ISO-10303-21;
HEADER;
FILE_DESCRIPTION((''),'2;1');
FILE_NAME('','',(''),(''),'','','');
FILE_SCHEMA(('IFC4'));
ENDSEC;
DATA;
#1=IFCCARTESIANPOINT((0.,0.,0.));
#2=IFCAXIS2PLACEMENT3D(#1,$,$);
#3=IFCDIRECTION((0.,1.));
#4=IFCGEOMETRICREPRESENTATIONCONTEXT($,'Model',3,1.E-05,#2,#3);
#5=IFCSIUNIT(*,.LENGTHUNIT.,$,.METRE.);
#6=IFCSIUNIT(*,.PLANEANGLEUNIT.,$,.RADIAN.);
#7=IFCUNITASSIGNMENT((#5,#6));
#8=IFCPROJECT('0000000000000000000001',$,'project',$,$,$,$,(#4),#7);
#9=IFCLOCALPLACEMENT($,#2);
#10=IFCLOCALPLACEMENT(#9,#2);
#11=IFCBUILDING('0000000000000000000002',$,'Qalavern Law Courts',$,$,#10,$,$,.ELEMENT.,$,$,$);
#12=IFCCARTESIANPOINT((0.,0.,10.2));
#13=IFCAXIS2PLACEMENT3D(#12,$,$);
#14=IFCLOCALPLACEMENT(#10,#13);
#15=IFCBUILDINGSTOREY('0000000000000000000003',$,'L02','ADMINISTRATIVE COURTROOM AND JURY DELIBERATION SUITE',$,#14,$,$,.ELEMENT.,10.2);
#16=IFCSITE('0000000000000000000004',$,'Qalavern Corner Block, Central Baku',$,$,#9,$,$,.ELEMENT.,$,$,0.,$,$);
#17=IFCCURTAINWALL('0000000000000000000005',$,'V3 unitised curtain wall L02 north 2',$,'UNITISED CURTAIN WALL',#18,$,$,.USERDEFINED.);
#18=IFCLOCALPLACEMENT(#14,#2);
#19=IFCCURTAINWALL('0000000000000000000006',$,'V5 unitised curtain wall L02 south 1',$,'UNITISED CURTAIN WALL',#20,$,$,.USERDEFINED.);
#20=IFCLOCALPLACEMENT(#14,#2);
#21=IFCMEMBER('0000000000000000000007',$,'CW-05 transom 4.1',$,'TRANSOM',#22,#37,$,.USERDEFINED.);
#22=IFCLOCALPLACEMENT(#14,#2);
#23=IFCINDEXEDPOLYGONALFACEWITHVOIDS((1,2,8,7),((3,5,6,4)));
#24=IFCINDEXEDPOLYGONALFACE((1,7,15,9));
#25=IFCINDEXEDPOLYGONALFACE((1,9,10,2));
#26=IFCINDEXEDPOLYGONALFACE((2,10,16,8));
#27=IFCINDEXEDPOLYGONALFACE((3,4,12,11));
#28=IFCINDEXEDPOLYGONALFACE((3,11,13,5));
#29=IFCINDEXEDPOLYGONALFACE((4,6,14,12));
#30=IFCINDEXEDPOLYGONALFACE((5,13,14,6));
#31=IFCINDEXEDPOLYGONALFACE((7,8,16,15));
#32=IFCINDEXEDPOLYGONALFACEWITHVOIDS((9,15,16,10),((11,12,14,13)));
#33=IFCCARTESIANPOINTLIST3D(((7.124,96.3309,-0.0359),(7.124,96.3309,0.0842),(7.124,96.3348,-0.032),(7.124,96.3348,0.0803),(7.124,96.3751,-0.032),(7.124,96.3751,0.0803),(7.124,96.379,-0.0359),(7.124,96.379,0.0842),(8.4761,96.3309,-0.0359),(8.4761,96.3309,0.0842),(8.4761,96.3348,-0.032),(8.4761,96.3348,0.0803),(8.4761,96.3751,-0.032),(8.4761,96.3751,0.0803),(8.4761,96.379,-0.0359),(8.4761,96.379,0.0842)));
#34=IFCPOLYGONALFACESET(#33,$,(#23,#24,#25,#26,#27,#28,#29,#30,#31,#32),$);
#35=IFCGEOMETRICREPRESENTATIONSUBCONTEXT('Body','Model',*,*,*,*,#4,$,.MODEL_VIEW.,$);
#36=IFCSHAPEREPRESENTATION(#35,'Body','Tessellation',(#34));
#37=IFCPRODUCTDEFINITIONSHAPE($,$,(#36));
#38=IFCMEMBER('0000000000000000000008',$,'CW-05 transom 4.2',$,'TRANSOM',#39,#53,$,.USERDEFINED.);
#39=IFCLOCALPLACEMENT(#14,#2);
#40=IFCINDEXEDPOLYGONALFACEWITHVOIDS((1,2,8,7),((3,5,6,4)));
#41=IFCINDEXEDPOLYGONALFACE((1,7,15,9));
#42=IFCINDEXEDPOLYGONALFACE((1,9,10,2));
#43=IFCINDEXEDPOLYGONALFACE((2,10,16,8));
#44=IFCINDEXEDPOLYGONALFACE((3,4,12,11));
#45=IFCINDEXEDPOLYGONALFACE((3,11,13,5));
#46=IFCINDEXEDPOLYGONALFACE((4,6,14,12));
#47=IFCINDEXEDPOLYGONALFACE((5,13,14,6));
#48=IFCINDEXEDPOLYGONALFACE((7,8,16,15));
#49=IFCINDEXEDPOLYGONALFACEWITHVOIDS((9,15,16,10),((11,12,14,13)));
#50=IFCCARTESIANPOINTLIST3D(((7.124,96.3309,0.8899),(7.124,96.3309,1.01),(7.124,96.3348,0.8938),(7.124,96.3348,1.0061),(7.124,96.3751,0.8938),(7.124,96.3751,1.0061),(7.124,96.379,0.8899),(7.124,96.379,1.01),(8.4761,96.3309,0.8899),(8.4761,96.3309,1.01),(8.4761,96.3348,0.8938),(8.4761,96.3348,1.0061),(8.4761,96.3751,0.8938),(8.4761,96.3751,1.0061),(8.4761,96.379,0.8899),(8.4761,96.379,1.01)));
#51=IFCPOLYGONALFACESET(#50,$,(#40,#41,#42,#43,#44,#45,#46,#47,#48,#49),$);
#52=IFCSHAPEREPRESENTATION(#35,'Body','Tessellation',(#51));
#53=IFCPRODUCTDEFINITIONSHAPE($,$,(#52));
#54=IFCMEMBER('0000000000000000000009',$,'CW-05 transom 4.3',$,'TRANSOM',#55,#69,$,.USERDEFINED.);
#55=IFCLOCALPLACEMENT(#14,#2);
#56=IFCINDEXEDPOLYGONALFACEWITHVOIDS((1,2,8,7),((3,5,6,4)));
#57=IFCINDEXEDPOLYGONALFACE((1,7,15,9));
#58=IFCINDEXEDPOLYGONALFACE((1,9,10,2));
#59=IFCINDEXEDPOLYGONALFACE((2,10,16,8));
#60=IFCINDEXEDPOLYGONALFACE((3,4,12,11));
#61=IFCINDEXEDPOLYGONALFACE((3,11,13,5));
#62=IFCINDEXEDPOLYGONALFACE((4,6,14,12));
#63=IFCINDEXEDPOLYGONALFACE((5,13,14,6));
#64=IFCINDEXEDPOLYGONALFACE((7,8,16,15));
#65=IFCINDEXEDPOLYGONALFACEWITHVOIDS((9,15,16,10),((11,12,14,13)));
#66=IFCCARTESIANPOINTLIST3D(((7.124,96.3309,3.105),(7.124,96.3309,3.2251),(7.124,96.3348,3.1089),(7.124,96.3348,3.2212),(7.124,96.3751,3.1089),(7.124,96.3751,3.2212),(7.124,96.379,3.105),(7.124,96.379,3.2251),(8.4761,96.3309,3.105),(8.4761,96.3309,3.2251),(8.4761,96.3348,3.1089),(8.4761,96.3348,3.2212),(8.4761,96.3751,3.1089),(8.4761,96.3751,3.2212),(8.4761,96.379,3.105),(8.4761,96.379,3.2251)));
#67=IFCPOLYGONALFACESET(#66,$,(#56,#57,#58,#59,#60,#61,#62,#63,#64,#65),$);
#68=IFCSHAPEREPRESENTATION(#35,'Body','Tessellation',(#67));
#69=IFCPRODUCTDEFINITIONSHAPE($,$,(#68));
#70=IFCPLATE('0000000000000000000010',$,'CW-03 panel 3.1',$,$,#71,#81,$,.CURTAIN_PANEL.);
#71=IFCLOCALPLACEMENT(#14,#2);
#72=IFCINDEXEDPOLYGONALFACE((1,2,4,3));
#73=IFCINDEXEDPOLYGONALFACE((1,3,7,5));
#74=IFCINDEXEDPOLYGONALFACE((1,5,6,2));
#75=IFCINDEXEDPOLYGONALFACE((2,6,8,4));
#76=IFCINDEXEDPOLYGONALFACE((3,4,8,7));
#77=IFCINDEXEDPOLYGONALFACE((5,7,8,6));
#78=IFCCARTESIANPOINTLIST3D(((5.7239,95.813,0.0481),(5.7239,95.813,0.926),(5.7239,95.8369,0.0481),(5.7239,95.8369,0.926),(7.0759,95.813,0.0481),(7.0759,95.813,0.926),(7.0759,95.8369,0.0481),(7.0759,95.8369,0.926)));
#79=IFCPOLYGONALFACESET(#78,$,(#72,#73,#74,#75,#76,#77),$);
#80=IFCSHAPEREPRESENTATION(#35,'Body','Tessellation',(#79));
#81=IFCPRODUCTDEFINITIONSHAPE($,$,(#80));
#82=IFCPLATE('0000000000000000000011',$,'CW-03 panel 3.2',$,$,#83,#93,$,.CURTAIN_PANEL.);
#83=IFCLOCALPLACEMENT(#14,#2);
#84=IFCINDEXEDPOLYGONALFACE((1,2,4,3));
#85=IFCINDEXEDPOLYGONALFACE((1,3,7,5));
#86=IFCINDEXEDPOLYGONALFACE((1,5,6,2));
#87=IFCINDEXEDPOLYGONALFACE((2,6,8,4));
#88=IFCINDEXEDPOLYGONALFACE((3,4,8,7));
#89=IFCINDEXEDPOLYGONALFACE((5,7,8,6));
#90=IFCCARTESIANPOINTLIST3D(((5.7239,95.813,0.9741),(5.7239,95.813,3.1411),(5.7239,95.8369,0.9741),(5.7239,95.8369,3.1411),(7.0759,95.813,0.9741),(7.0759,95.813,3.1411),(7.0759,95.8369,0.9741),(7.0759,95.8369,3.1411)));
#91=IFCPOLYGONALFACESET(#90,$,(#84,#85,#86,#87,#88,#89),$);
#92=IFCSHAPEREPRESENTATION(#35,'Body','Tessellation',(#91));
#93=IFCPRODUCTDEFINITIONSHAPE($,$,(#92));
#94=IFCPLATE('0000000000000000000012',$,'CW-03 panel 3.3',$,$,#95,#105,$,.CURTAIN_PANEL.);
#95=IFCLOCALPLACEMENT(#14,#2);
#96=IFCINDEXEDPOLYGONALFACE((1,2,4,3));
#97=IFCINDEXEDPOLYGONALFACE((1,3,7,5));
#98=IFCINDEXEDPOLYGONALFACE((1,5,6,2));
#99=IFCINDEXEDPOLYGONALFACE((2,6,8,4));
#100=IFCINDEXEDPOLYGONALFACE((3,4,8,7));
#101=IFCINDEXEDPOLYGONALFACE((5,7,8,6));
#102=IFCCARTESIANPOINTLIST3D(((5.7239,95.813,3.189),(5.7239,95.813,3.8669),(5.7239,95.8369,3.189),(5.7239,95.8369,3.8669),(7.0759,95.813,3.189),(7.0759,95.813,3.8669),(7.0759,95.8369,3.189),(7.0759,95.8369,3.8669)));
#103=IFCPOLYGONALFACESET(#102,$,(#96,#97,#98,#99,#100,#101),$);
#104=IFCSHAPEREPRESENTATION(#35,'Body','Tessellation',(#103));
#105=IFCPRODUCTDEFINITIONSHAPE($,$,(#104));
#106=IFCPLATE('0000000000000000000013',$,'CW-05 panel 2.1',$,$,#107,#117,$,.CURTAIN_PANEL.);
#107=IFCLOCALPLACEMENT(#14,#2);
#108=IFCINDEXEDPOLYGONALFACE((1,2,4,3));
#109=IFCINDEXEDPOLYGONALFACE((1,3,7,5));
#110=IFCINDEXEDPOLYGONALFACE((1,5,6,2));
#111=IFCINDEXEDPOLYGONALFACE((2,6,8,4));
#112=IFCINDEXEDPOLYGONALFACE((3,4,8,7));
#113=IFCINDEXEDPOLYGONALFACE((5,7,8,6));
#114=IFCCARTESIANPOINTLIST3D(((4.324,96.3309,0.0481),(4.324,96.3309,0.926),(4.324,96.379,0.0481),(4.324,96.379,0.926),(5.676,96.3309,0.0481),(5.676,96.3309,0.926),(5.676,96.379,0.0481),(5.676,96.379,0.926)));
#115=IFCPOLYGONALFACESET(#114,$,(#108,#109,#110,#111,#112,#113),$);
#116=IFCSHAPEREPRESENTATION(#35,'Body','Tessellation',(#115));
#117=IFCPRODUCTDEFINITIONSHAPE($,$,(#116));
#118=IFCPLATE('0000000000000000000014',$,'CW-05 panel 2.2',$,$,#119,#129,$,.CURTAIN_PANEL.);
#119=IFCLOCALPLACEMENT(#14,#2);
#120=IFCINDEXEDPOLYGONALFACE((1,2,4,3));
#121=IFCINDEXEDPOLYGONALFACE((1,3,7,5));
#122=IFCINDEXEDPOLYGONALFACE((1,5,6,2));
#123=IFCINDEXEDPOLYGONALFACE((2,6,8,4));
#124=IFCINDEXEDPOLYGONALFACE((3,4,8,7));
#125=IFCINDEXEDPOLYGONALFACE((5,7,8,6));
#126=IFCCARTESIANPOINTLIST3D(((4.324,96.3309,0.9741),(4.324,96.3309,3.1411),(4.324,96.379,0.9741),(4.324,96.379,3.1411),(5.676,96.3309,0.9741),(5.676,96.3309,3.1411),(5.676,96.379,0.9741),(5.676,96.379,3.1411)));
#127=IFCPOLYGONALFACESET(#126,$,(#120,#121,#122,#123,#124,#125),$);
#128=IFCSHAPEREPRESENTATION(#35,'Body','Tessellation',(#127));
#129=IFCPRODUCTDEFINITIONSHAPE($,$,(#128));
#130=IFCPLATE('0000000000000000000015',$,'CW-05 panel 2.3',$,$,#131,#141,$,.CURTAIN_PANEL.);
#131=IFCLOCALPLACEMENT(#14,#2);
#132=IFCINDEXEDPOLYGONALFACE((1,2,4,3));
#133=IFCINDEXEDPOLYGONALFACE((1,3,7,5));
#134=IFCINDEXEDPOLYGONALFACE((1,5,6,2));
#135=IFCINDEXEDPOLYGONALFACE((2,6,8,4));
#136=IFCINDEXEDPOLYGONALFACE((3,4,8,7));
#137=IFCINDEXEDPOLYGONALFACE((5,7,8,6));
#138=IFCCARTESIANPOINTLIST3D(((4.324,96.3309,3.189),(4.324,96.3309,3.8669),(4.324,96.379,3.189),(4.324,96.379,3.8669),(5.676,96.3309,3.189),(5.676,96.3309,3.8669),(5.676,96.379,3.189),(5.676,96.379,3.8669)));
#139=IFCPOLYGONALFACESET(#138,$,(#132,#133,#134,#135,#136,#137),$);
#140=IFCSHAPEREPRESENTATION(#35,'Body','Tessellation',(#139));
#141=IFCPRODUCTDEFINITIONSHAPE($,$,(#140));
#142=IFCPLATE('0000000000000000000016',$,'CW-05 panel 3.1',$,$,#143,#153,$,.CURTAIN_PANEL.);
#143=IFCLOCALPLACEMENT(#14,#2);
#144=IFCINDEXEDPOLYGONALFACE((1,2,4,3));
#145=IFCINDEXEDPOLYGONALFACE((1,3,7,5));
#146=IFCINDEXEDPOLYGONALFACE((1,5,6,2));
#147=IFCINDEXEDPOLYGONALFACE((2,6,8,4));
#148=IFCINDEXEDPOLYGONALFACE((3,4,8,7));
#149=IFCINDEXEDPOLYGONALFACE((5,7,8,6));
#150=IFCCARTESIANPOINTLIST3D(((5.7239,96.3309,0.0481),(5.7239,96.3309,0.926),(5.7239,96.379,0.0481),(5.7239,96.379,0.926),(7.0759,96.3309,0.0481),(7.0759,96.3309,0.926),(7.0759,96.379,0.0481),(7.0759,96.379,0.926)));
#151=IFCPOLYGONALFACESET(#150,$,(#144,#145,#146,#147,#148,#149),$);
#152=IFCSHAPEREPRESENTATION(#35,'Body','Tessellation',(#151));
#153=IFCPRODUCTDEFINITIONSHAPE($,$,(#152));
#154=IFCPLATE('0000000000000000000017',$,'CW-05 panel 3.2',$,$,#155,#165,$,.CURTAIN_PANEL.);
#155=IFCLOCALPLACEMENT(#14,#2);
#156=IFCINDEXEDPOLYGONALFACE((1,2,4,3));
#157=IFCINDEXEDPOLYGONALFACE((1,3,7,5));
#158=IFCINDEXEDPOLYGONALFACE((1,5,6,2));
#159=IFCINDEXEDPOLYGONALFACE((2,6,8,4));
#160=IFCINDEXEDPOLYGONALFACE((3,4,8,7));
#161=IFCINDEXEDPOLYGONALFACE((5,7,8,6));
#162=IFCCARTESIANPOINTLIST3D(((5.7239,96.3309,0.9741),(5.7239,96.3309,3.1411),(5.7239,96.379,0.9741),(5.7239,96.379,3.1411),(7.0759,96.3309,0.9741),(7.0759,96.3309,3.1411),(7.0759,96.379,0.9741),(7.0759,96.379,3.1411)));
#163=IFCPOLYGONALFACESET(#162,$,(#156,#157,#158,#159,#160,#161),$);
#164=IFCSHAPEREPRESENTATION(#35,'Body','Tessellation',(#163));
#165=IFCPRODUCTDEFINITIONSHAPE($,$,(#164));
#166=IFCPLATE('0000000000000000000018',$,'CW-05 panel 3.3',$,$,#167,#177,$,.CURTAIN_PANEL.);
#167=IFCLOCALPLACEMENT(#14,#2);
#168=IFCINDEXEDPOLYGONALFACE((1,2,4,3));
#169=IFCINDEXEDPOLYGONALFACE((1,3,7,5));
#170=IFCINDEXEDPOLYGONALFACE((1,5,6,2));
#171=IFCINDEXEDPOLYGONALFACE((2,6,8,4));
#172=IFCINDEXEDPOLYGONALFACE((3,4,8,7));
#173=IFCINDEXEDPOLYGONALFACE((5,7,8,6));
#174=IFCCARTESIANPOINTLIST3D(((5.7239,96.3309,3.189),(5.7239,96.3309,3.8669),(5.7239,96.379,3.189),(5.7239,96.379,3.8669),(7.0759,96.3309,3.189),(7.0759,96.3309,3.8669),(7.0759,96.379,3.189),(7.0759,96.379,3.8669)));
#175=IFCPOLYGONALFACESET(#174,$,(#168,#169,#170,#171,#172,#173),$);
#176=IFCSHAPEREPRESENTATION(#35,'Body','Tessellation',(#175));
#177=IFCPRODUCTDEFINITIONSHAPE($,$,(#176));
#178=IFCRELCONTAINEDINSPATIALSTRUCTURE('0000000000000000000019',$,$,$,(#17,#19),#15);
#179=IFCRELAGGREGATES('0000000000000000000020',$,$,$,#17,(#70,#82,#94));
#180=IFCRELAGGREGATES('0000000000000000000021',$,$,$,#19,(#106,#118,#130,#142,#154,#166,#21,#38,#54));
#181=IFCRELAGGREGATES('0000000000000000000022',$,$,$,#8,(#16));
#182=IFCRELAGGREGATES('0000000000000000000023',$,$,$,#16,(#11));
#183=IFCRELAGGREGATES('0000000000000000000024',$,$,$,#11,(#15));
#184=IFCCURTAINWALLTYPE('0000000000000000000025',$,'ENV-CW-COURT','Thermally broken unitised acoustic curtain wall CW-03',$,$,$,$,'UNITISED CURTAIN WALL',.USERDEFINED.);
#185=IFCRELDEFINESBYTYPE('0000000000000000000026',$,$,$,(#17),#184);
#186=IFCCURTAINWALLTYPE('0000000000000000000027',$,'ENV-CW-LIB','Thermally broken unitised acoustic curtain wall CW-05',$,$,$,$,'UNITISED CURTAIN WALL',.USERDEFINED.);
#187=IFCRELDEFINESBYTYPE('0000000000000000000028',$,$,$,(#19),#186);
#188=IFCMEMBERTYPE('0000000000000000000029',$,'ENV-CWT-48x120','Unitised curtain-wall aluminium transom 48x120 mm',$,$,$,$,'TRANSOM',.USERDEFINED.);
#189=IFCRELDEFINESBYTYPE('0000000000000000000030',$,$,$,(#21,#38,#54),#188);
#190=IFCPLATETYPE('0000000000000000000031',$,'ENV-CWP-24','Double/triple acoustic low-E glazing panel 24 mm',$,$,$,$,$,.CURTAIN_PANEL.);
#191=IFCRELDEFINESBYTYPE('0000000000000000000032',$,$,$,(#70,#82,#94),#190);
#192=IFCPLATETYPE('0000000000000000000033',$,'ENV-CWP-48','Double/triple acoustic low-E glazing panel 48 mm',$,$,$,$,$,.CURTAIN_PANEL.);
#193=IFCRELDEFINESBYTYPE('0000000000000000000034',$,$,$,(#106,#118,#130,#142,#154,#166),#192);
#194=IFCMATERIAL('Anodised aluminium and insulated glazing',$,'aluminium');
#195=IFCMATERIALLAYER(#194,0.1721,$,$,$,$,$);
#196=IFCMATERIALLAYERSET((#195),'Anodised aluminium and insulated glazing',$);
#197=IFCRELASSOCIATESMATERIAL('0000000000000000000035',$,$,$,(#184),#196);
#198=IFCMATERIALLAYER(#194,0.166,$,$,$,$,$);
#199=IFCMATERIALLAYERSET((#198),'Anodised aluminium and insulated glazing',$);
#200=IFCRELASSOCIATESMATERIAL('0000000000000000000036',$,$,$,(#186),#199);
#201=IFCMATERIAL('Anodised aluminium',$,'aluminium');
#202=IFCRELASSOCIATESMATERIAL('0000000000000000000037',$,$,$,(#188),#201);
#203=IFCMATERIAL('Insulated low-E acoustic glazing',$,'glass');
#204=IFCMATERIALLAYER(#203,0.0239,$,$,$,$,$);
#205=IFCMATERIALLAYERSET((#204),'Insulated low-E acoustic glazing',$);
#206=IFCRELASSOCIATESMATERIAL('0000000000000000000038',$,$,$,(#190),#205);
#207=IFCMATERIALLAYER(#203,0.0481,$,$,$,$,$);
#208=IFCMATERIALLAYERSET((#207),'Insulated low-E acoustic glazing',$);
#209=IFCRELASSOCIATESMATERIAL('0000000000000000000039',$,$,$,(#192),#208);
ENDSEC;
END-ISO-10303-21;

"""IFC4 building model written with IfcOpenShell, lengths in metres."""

from ifc_helpers import new_model, si_unit, direction, frame, origin, origin_2d, place, context, subcontext, project, spatial, rectangle, hollow_rectangle, extrude, material, layer, layer_set, material_profile, profile_set, type_object, element, aggregate, save


model = new_model("IFC4")

# Units and contexts
model_context = context("Model", 3, precision=1e-05, world=origin(), true_north=direction((0.0, 1.0)))
body_context = subcontext(model_context, "Body", "Model", "MODEL_VIEW")
ifc_project = project(units=[si_unit("LENGTHUNIT", "METRE"), si_unit("PLANEANGLEUNIT", "RADIAN")], contexts=[model_context])

# Site, building, storey
site_placement = place(None, origin())
site = spatial("IfcSite", under=ifc_project, at=site_placement, Name="Qalavern Corner Block, Central Baku", CompositionType="ELEMENT", RefElevation=0.0)
building_placement = place(site_placement, origin())
building = spatial("IfcBuilding", under=site, at=building_placement, Name="Qalavern Law Courts", CompositionType="ELEMENT")
storey_placement = place(building_placement, frame((0.0, 0.0, 10.2)))
storey = spatial("IfcBuildingStorey", under=building, at=storey_placement, Name="L02", Description="ADMINISTRATIVE COURTROOM AND JURY DELIBERATION SUITE", CompositionType="ELEMENT", Elevation=10.2)

# Curtain wall
ifc_material_1 = material(Name="Anodised aluminium and insulated glazing", Category="aluminium")
ifc_layer_1 = layer(ifc_material_1, 0.1721)
ifc_layer_set_1 = layer_set([ifc_layer_1], Name="Anodised aluminium and insulated glazing")
curtain_wall_type_1 = type_object("IfcCurtainWallType", Name="ENV-CW-COURT", Description="Thermally broken unitised acoustic curtain wall CW-03", ElementType="UNITISED CURTAIN WALL", PredefinedType="USERDEFINED", material=ifc_layer_set_1)
curtain_wall_1_placement = place(storey_placement, origin())
curtain_wall_1 = element("IfcCurtainWall", 1, at=curtain_wall_1_placement, inside=storey, type_object=curtain_wall_type_1, Name="V3 unitised curtain wall L02 north 2", ObjectType="UNITISED CURTAIN WALL", PredefinedType="USERDEFINED")
ifc_material_2 = material(Name="Anodised aluminium", Category="aluminium")

# Curtain wall
ifc_layer_2 = layer(ifc_material_1, 0.166)
ifc_layer_set_2 = layer_set([ifc_layer_2], Name="Anodised aluminium and insulated glazing")
curtain_wall_type_2 = type_object("IfcCurtainWallType", Name="ENV-CW-LIB", Description="Thermally broken unitised acoustic curtain wall CW-05", ElementType="UNITISED CURTAIN WALL", PredefinedType="USERDEFINED", material=ifc_layer_set_2)
curtain_wall_2_placement = place(storey_placement, origin())
curtain_wall_2 = element("IfcCurtainWall", 2, at=curtain_wall_2_placement, inside=storey, type_object=curtain_wall_type_2, Name="V5 unitised curtain wall L02 south 1", ObjectType="UNITISED CURTAIN WALL", PredefinedType="USERDEFINED")

# Members
ifc_material_profile_1 = material_profile(ifc_material_2, hollow_rectangle(XDim=0.0481, YDim=0.1201, WallThickness=0.0039, at=origin_2d()), Name="ALU TRANSOM 48x120")
ifc_profile_set_1 = profile_set([ifc_material_profile_1], Name="Anodised aluminium")
member_type_1 = type_object("IfcMemberType", Name="ENV-CWT-48x120", Description="Unitised curtain-wall aluminium transom 48x120 mm", ElementType="TRANSOM", PredefinedType="USERDEFINED", material=ifc_profile_set_1)
member_1_placement = place(storey_placement, frame((7.124, 96.355, 0.0242), z_axis=(1.0, 0.0, 0.0), x_axis=(0.0, 1.0, 0.0)))
member_1 = element("IfcMember", 3, at=member_1_placement, type_object=member_type_1, Name="CW-05 transom 4.1", ObjectType="TRANSOM", PredefinedType="USERDEFINED", context=body_context, shape_type="SweptSolid", body=[
    extrude(hollow_rectangle(XDim=0.0481, YDim=0.1201, WallThickness=0.0039, at=origin_2d()), origin(), (0.0, 0.0, 1.0), 1.3521),
])
member_2_placement = place(storey_placement, frame((7.124, 96.355, 0.95), z_axis=(1.0, 0.0, 0.0), x_axis=(0.0, 1.0, 0.0)))
member_2 = element("IfcMember", 4, at=member_2_placement, type_object=member_type_1, Name="CW-05 transom 4.2", ObjectType="TRANSOM", PredefinedType="USERDEFINED", context=body_context, shape_type="SweptSolid", body=[
    extrude(hollow_rectangle(XDim=0.0481, YDim=0.1201, WallThickness=0.0039, at=origin_2d()), origin(), (0.0, 0.0, 1.0), 1.3521),
])
member_3_placement = place(storey_placement, frame((7.124, 96.355, 3.165), z_axis=(1.0, 0.0, 0.0), x_axis=(0.0, 1.0, 0.0)))
member_3 = element("IfcMember", 5, at=member_3_placement, type_object=member_type_1, Name="CW-05 transom 4.3", ObjectType="TRANSOM", PredefinedType="USERDEFINED", context=body_context, shape_type="SweptSolid", body=[
    extrude(hollow_rectangle(XDim=0.0481, YDim=0.1201, WallThickness=0.0039, at=origin_2d()), origin(), (0.0, 0.0, 1.0), 1.3521),
])

# Plates
ifc_material_3 = material(Name="Insulated low-E acoustic glazing", Category="glass")
ifc_layer_3 = layer(ifc_material_3, 0.0239)
ifc_layer_set_3 = layer_set([ifc_layer_3], Name="Insulated low-E acoustic glazing")
plate_type_1 = type_object("IfcPlateType", Name="ENV-CWP-24", Description="Double/triple acoustic low-E glazing panel 24 mm", PredefinedType="CURTAIN_PANEL", material=ifc_layer_set_3)
plate_1_placement = place(storey_placement, frame((6.3999, 95.825, 0.0481), z_axis=(0.0, 0.0, 1.0), x_axis=(-1.0, 0.0, 0.0)))
plate_1 = element("IfcPlate", 6, at=plate_1_placement, type_object=plate_type_1, Name="CW-03 panel 3.1", PredefinedType="CURTAIN_PANEL", context=body_context, shape_type="SweptSolid", body=[
    extrude(rectangle(XDim=1.3521, YDim=0.0239, at=origin_2d()), origin(), (0.0, 0.0, 1.0), 0.8779),
])
plate_2_placement = place(storey_placement, frame((6.3999, 95.825, 0.9741), z_axis=(0.0, 0.0, 1.0), x_axis=(-1.0, 0.0, 0.0)))
plate_2 = element("IfcPlate", 7, at=plate_2_placement, type_object=plate_type_1, Name="CW-03 panel 3.2", PredefinedType="CURTAIN_PANEL", context=body_context, shape_type="SweptSolid", body=[
    extrude(rectangle(XDim=1.3521, YDim=0.0239, at=origin_2d()), origin(), (0.0, 0.0, 1.0), 2.167),
])
plate_3_placement = place(storey_placement, frame((6.3999, 95.825, 3.189), z_axis=(0.0, 0.0, 1.0), x_axis=(-1.0, 0.0, 0.0)))
plate_3 = element("IfcPlate", 8, at=plate_3_placement, type_object=plate_type_1, Name="CW-03 panel 3.3", PredefinedType="CURTAIN_PANEL", context=body_context, shape_type="SweptSolid", body=[
    extrude(rectangle(XDim=1.3521, YDim=0.0239, at=origin_2d()), origin(), (0.0, 0.0, 1.0), 0.678),
])
aggregate(curtain_wall_1, [plate_1, plate_2, plate_3])
ifc_layer_4 = layer(ifc_material_3, 0.0481)
ifc_layer_set_4 = layer_set([ifc_layer_4], Name="Insulated low-E acoustic glazing")
plate_type_2 = type_object("IfcPlateType", Name="ENV-CWP-48", Description="Double/triple acoustic low-E glazing panel 48 mm", PredefinedType="CURTAIN_PANEL", material=ifc_layer_set_4)
plate_4_placement = place(storey_placement, frame((5.0, 96.355, 0.0481), z_axis=(0.0, 0.0, 1.0), x_axis=(1.0, 0.0, 0.0)))
plate_4 = element("IfcPlate", 9, at=plate_4_placement, type_object=plate_type_2, Name="CW-05 panel 2.1", PredefinedType="CURTAIN_PANEL", context=body_context, shape_type="SweptSolid", body=[
    extrude(rectangle(XDim=1.3521, YDim=0.0481, at=origin_2d()), origin(), (0.0, 0.0, 1.0), 0.8779),
])
plate_5_placement = place(storey_placement, frame((5.0, 96.355, 0.9741), z_axis=(0.0, 0.0, 1.0), x_axis=(1.0, 0.0, 0.0)))
plate_5 = element("IfcPlate", 10, at=plate_5_placement, type_object=plate_type_2, Name="CW-05 panel 2.2", PredefinedType="CURTAIN_PANEL", context=body_context, shape_type="SweptSolid", body=[
    extrude(rectangle(XDim=1.3521, YDim=0.0481, at=origin_2d()), origin(), (0.0, 0.0, 1.0), 2.167),
])
plate_6_placement = place(storey_placement, frame((5.0, 96.355, 3.189), z_axis=(0.0, 0.0, 1.0), x_axis=(1.0, 0.0, 0.0)))
plate_6 = element("IfcPlate", 11, at=plate_6_placement, type_object=plate_type_2, Name="CW-05 panel 2.3", PredefinedType="CURTAIN_PANEL", context=body_context, shape_type="SweptSolid", body=[
    extrude(rectangle(XDim=1.3521, YDim=0.0481, at=origin_2d()), origin(), (0.0, 0.0, 1.0), 0.678),
])
plate_7_placement = place(storey_placement, frame((6.3999, 96.355, 0.0481), z_axis=(0.0, 0.0, 1.0), x_axis=(1.0, 0.0, 0.0)))
plate_7 = element("IfcPlate", 12, at=plate_7_placement, type_object=plate_type_2, Name="CW-05 panel 3.1", PredefinedType="CURTAIN_PANEL", context=body_context, shape_type="SweptSolid", body=[
    extrude(rectangle(XDim=1.3521, YDim=0.0481, at=origin_2d()), origin(), (0.0, 0.0, 1.0), 0.8779),
])
plate_8_placement = place(storey_placement, frame((6.3999, 96.355, 0.9741), z_axis=(0.0, 0.0, 1.0), x_axis=(1.0, 0.0, 0.0)))
plate_8 = element("IfcPlate", 13, at=plate_8_placement, type_object=plate_type_2, Name="CW-05 panel 3.2", PredefinedType="CURTAIN_PANEL", context=body_context, shape_type="SweptSolid", body=[
    extrude(rectangle(XDim=1.3521, YDim=0.0481, at=origin_2d()), origin(), (0.0, 0.0, 1.0), 2.167),
])
plate_9_placement = place(storey_placement, frame((6.3999, 96.355, 3.189), z_axis=(0.0, 0.0, 1.0), x_axis=(1.0, 0.0, 0.0)))
plate_9 = element("IfcPlate", 14, at=plate_9_placement, type_object=plate_type_2, Name="CW-05 panel 3.3", PredefinedType="CURTAIN_PANEL", context=body_context, shape_type="SweptSolid", body=[
    extrude(rectangle(XDim=1.3521, YDim=0.0481, at=origin_2d()), origin(), (0.0, 0.0, 1.0), 0.678),
])
aggregate(curtain_wall_2, [plate_4, plate_5, plate_6, plate_7, plate_8, plate_9, member_1, member_2, member_3])

save(model, "model.ifc")
